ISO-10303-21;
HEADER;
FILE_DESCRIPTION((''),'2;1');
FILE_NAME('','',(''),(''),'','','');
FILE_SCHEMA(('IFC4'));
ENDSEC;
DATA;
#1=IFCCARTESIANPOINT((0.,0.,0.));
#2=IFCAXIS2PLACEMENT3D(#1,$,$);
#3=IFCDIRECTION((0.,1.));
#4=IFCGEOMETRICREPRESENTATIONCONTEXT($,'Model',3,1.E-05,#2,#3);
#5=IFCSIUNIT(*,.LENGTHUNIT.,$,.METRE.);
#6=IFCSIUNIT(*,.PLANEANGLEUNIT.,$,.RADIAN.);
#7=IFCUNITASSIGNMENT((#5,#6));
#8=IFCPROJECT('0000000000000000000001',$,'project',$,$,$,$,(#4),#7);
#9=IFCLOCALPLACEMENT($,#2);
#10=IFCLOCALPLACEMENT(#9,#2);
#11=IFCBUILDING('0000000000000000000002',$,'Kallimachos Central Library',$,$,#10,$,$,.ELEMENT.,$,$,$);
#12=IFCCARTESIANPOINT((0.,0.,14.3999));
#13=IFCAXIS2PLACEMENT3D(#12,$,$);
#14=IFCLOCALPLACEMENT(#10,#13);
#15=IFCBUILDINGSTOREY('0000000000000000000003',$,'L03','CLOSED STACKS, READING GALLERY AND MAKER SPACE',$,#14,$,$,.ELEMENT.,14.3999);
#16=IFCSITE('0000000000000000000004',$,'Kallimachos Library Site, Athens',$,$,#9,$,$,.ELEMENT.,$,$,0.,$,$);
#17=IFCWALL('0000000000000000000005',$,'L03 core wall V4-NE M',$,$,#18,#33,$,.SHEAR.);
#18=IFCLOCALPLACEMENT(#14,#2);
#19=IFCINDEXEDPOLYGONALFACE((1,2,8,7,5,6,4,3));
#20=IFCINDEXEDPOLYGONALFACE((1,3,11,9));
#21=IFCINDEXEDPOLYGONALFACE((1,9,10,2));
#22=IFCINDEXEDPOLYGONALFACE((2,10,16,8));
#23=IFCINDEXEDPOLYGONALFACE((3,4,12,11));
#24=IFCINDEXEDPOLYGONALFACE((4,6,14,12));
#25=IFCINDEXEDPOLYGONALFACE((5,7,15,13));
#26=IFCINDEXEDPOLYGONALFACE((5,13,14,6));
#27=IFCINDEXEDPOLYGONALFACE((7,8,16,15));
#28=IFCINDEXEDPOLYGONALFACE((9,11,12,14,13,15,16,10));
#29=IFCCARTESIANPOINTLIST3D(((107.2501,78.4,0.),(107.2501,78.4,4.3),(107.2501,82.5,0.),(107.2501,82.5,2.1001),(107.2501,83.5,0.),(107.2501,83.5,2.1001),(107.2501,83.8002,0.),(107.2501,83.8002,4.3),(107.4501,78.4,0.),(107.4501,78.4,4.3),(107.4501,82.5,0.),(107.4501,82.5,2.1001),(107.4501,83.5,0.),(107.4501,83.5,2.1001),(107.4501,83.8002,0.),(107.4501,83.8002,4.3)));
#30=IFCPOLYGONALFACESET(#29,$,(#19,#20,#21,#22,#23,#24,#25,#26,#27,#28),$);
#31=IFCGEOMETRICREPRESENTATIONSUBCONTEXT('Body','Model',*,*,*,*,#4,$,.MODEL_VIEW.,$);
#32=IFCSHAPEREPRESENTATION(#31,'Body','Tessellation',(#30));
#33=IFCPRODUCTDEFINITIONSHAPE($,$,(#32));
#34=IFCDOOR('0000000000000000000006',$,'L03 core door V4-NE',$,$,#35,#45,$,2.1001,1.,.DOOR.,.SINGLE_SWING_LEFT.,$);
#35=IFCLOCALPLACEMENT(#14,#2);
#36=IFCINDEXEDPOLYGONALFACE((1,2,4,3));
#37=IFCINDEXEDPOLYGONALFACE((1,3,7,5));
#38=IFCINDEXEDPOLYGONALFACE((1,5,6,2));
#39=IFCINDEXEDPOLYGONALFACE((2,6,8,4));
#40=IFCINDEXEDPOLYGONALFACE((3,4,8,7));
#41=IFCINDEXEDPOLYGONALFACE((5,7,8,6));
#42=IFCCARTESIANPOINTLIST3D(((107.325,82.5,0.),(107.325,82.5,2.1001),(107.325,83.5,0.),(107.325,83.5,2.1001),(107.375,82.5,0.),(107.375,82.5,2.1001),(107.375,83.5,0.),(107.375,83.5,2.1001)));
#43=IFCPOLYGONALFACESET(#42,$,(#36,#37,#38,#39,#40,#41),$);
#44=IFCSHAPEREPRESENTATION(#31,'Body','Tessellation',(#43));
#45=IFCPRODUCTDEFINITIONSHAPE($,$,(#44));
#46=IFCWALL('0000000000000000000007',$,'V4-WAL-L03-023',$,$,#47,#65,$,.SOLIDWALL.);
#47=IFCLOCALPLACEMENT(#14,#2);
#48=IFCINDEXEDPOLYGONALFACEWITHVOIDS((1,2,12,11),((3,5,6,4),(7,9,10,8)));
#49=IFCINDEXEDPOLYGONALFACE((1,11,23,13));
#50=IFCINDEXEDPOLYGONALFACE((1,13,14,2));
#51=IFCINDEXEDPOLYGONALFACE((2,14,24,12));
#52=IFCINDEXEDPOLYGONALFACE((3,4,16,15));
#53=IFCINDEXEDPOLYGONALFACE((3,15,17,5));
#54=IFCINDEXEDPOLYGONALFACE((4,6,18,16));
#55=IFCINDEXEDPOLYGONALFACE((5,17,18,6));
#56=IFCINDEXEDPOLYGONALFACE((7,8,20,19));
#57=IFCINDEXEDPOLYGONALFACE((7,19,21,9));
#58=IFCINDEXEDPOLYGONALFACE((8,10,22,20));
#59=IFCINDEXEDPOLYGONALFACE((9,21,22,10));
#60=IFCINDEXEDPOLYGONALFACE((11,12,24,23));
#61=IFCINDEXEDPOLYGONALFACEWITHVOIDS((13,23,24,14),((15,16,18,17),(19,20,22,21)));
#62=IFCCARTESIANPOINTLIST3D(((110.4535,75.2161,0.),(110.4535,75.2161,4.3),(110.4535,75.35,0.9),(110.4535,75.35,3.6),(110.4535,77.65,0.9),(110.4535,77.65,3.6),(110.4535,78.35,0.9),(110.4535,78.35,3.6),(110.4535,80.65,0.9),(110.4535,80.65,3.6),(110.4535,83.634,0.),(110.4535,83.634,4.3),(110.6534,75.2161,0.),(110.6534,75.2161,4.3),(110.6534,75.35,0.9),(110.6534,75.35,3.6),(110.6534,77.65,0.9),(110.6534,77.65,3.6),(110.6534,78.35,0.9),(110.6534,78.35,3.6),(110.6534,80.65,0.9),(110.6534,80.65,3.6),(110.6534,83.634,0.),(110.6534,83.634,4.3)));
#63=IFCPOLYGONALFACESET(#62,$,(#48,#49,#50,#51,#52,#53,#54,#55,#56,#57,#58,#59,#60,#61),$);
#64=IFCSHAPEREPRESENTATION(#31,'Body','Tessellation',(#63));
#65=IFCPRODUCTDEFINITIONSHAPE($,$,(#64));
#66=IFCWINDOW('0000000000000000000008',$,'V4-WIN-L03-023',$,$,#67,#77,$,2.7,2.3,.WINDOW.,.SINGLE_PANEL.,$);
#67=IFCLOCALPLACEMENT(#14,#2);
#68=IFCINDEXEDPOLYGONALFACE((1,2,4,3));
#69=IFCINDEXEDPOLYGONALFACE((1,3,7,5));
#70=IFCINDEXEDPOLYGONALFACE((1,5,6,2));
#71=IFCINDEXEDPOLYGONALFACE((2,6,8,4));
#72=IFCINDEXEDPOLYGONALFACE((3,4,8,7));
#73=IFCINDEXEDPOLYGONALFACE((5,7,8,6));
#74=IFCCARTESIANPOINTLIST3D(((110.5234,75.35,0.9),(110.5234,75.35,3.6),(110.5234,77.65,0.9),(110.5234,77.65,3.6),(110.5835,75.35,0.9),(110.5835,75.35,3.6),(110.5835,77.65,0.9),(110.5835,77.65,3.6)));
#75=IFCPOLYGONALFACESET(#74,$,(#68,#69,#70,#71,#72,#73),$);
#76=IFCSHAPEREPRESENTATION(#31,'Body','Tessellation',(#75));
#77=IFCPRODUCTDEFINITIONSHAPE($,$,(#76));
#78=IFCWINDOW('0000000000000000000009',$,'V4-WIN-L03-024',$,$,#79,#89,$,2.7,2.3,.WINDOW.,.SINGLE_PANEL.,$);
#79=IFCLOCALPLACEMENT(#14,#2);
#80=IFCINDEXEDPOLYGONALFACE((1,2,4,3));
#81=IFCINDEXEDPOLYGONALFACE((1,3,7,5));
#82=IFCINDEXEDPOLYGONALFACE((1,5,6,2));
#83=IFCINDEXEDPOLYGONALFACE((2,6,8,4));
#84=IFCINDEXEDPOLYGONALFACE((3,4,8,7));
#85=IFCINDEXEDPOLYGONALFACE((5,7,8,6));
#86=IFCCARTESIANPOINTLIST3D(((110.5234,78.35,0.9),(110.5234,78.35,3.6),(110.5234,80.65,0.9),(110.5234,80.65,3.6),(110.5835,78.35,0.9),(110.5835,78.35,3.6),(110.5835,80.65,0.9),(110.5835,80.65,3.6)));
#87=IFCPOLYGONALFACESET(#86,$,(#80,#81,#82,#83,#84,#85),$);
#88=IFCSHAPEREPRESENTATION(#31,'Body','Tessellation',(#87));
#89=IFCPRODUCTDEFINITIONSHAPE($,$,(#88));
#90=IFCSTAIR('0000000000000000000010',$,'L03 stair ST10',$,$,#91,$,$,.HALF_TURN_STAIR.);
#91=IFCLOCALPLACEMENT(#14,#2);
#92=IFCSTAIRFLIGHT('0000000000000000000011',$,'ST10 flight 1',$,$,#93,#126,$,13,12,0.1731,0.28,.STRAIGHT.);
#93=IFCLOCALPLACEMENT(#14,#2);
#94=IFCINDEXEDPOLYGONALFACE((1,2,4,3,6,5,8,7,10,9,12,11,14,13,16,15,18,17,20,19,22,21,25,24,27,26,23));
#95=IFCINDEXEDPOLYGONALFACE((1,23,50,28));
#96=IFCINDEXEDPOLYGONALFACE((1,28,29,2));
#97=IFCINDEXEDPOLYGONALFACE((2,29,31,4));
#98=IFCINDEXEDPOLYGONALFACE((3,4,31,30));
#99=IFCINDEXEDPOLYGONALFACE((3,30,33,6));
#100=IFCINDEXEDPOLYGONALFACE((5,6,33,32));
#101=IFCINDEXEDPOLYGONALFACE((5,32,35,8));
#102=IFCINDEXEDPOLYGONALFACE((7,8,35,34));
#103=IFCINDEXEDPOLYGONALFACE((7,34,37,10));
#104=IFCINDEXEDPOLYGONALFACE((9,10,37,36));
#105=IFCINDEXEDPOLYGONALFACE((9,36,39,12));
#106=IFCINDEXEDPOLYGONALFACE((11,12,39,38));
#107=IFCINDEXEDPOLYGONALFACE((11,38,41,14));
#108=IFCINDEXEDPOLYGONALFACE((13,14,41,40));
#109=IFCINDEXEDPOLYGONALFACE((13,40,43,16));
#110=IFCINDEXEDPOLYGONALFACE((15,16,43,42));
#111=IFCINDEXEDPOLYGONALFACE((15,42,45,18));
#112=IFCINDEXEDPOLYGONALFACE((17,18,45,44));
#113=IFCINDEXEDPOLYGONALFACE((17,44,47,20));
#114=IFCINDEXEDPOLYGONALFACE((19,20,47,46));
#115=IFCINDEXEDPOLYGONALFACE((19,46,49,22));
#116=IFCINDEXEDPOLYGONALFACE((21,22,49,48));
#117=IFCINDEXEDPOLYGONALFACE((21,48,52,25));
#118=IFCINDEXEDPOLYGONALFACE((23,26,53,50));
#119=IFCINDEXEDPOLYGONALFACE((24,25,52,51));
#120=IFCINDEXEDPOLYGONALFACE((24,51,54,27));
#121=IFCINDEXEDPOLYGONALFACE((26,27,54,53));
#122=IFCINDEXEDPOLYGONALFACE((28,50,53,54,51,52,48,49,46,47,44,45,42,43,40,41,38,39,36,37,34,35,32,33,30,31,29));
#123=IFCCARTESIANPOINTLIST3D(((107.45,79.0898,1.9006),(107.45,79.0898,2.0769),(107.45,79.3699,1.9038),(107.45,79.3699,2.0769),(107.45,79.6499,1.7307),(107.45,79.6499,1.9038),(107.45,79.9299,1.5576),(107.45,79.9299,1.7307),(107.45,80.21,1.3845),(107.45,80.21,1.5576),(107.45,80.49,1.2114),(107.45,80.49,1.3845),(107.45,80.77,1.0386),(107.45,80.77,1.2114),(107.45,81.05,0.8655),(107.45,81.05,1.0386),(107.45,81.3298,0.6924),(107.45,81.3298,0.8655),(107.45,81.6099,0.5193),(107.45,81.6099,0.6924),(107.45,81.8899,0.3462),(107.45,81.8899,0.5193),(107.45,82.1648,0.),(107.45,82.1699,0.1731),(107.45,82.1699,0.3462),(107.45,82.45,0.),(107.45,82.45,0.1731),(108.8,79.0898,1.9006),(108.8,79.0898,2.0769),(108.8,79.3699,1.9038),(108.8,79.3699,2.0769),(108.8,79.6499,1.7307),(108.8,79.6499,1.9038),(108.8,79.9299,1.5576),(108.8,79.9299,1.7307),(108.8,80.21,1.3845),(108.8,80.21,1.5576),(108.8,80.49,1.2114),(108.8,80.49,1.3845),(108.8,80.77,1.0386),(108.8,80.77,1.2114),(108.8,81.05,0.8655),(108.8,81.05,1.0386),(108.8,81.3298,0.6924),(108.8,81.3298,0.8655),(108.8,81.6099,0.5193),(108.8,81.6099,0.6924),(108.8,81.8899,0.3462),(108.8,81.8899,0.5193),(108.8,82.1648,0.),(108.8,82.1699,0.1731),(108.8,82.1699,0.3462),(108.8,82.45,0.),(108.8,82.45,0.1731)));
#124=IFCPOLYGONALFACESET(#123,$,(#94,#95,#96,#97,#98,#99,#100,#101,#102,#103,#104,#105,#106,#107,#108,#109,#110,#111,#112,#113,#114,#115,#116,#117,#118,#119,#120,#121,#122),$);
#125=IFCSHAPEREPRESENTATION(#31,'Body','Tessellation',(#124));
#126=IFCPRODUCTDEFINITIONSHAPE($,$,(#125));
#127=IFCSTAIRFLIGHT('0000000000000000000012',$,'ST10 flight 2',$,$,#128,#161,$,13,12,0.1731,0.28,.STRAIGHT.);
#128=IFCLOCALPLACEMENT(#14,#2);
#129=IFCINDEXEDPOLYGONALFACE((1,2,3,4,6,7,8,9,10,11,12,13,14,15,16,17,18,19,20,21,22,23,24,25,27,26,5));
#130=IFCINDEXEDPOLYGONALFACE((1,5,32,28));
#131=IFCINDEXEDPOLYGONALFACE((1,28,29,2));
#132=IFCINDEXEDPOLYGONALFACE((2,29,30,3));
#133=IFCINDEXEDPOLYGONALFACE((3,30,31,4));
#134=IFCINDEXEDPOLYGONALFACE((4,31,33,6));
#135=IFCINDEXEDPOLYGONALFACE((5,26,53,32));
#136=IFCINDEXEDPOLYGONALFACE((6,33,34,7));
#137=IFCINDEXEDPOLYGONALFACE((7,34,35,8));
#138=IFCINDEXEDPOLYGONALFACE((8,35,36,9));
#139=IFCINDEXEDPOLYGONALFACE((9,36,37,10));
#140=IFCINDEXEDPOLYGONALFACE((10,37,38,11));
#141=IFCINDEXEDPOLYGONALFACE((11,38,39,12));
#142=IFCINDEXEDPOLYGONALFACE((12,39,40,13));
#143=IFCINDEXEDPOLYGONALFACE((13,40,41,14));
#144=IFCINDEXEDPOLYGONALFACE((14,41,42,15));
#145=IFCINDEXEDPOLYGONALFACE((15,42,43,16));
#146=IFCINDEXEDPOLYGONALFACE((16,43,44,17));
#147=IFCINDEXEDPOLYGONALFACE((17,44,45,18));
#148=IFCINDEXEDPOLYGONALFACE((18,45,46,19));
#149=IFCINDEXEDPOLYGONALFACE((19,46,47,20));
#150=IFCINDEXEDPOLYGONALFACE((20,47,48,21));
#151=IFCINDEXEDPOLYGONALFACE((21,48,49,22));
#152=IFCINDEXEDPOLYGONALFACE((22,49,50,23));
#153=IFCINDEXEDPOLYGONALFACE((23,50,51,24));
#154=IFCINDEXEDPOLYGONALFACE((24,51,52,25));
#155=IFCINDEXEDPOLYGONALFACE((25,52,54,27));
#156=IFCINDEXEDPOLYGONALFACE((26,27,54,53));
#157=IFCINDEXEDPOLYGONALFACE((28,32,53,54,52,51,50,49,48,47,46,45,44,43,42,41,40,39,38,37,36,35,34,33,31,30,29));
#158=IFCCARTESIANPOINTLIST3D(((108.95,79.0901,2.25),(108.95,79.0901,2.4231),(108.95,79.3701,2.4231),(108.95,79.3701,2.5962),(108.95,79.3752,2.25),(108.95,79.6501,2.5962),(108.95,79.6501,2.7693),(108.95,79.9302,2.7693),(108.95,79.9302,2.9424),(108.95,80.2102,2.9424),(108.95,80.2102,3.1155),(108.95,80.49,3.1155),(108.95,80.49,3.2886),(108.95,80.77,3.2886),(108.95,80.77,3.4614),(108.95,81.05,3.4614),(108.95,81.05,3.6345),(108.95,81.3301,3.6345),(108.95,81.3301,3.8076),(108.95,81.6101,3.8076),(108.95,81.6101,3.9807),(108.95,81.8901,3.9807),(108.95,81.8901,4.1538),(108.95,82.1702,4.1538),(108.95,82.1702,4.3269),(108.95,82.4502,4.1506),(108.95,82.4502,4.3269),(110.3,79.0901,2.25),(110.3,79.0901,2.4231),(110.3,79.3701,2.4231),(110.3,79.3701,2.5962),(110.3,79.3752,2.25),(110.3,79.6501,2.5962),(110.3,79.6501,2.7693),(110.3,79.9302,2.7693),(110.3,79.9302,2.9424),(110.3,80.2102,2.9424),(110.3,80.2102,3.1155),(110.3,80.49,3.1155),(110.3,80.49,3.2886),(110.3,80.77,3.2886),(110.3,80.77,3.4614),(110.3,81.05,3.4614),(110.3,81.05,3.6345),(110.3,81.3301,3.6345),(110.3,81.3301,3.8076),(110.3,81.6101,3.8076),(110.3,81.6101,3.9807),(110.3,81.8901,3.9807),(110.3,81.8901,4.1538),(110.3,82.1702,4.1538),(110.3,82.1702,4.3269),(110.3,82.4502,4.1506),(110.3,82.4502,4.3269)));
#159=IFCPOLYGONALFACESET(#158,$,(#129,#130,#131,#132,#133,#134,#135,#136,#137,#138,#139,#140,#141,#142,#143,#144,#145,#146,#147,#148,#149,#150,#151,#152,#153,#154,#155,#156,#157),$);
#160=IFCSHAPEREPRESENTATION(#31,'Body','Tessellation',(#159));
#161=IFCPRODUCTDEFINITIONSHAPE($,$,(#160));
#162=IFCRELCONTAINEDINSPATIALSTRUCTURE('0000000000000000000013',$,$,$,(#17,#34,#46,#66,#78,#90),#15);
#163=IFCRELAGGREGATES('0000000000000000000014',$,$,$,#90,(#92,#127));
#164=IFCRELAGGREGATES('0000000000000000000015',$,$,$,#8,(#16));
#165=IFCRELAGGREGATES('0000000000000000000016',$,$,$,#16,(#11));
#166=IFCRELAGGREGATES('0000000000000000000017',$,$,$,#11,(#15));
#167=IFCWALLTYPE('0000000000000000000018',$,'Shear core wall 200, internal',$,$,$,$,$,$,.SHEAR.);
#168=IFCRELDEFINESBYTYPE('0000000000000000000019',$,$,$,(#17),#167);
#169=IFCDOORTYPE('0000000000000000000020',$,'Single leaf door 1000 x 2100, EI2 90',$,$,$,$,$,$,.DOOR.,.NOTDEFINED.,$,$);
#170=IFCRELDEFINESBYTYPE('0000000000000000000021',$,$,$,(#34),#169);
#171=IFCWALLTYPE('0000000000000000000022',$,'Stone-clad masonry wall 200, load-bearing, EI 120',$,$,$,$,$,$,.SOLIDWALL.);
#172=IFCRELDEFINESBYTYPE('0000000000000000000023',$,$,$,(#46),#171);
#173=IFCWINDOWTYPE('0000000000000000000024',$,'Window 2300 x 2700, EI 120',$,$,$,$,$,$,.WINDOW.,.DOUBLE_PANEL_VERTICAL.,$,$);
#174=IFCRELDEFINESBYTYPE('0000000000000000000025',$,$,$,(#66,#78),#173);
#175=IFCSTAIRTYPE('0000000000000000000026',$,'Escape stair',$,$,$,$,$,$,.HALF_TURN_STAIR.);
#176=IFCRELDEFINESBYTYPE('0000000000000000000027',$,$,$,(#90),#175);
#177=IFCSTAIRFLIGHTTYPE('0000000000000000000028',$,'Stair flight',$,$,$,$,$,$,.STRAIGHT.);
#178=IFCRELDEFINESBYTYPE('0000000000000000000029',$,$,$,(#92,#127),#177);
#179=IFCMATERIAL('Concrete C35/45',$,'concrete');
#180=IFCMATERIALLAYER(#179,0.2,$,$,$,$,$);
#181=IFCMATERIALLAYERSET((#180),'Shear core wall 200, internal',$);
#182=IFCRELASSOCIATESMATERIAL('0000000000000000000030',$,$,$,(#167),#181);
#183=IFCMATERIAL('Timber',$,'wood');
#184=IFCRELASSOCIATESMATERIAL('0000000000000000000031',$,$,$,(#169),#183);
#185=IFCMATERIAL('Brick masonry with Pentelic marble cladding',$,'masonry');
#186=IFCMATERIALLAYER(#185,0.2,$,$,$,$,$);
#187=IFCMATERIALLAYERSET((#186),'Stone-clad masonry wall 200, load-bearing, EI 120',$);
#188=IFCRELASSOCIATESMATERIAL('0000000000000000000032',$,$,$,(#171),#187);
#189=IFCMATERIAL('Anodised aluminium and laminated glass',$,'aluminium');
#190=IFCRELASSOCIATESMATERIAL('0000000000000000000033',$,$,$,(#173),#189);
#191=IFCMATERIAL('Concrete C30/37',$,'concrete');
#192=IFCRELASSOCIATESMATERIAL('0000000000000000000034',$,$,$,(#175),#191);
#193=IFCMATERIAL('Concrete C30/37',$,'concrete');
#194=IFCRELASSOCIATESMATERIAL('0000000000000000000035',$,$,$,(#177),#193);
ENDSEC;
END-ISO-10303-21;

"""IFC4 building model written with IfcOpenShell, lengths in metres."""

from ifc_helpers import new_model, si_unit, direction, frame, frame_2d, origin, place, context, subcontext, project, spatial, polyline, rectangle, outline, extrude, material, layer, layer_set, type_object, element, fill, aggregate, save


model = new_model("IFC4")

# Units and contexts
model_context = context("Model", 3, precision=1e-05, world=origin(), true_north=direction((0.0, 1.0)))
body_context = subcontext(model_context, "Body", "Model", "MODEL_VIEW")
ifc_project = project(units=[si_unit("LENGTHUNIT", "METRE"), si_unit("PLANEANGLEUNIT", "RADIAN")], contexts=[model_context])

# Site, building, storey
site_placement = place(None, origin())
site = spatial("IfcSite", under=ifc_project, at=site_placement, Name="Kallimachos Library Site, Athens", CompositionType="ELEMENT", RefElevation=0.0)
building_placement = place(site_placement, origin())
building = spatial("IfcBuilding", under=site, at=building_placement, Name="Kallimachos Central Library", CompositionType="ELEMENT")
storey_placement = place(building_placement, frame((0.0, 0.0, 14.3999)))
storey = spatial("IfcBuildingStorey", under=building, at=storey_placement, Name="L03", Description="CLOSED STACKS, READING GALLERY AND MAKER SPACE", CompositionType="ELEMENT", Elevation=14.3999)

# Wall, opening, door
ifc_material_1 = material(Name="Concrete C35/45", Category="concrete")
ifc_layer_1 = layer(ifc_material_1, 0.2)
ifc_layer_set_1 = layer_set([ifc_layer_1], Name="Shear core wall 200, internal")
wall_type_1 = type_object("IfcWallType", Name="Shear core wall 200, internal", PredefinedType="SHEAR", material=ifc_layer_set_1)
wall_1_placement = place(storey_placement, frame((107.3501, 78.3999, 0.0), z_axis=(0.0, 0.0, 1.0), x_axis=(0.0, 1.0, 0.0)))
wall_1 = element("IfcWall", 1, at=wall_1_placement, inside=storey, type_object=wall_type_1, Name="L03 core wall V4-NE M", PredefinedType="SHEAR", context=body_context, shape_type="SweptSolid", body=[
    extrude(rectangle(XDim=5.4001, YDim=0.2, at=frame_2d((2.7002, 0.0))), origin(), (0.0, 0.0, 1.0), 4.3),
])
opening_1_placement = place(wall_1_placement, frame((4.1001, 0.0, 0.0)))
opening_1 = element("IfcOpeningElement", 2, at=opening_1_placement, cuts=wall_1, PredefinedType="OPENING", context=body_context, shape_type="SweptSolid", body=[
    extrude(rectangle(XDim=1.0, YDim=2.1001, at=frame_2d((0.5, 1.05))), frame((0.0, 0.1099, 0.0), z_axis=(0.0, -1.0, 0.0), x_axis=(1.0, 0.0, 0.0)), (0.0, 0.0, 1.0), 0.22),
])
ifc_material_2 = material(Name="Timber", Category="wood")
door_type_1 = type_object("IfcDoorType", Name="Single leaf door 1000 x 2100, EI2 90", OperationType="NOTDEFINED", PredefinedType="DOOR", material=ifc_material_2)
door_1_placement = place(opening_1_placement, frame((1.0, 0.0, 0.0), z_axis=(0.0, 0.0, 1.0), x_axis=(-1.0, 0.0, 0.0)))
door_1 = element("IfcDoor", 3, at=door_1_placement, inside=storey, type_object=door_type_1, Name="L03 core door V4-NE", OperationType="SINGLE_SWING_LEFT", OverallHeight=2.1001, OverallWidth=1.0, PredefinedType="DOOR", context=body_context, shape_type="SweptSolid", body=[
    extrude(rectangle(XDim=1.0, YDim=2.1001, at=frame_2d((0.5, 1.05))), frame((0.0, 0.0249, 0.0), z_axis=(0.0, -1.0, 0.0), x_axis=(1.0, 0.0, 0.0)), (0.0, 0.0, 1.0), 0.05),
])
fill(opening_1, door_1)

# Wall, openings, windows
ifc_material_3 = material(Name="Brick masonry with Pentelic marble cladding", Category="masonry")
ifc_layer_2 = layer(ifc_material_3, 0.2)
ifc_layer_set_2 = layer_set([ifc_layer_2], Name="Stone-clad masonry wall 200, load-bearing, EI 120")
wall_type_2 = type_object("IfcWallType", Name="Stone-clad masonry wall 200, load-bearing, EI 120", PredefinedType="SOLIDWALL", material=ifc_layer_set_2)
wall_2_placement = place(storey_placement, frame((110.5535, 75.2161, 0.0), z_axis=(0.0, 0.0, 1.0), x_axis=(0.0, 1.0, 0.0)))
wall_2 = element("IfcWall", 4, at=wall_2_placement, inside=storey, type_object=wall_type_2, Name="V4-WAL-L03-023", PredefinedType="SOLIDWALL", context=body_context, shape_type="SweptSolid", body=[
    extrude(rectangle(XDim=8.418, YDim=0.2, at=frame_2d((4.209, 0.0))), origin(), (0.0, 0.0, 1.0), 4.3),
])
opening_2_placement = place(wall_2_placement, frame((0.134, 0.0, 0.8999)))
opening_2 = element("IfcOpeningElement", 5, at=opening_2_placement, cuts=wall_2, PredefinedType="OPENING", context=body_context, shape_type="SweptSolid", body=[
    extrude(rectangle(XDim=2.3, YDim=2.7, at=frame_2d((1.1499, 1.3501))), frame((0.0, 0.1099, 0.0), z_axis=(0.0, -1.0, 0.0), x_axis=(1.0, 0.0, 0.0)), (0.0, 0.0, 1.0), 0.22),
])
opening_3_placement = place(wall_2_placement, frame((3.134, 0.0, 0.8999)))
opening_3 = element("IfcOpeningElement", 6, at=opening_3_placement, cuts=wall_2, PredefinedType="OPENING", context=body_context, shape_type="SweptSolid", body=[
    extrude(rectangle(XDim=2.3, YDim=2.7, at=frame_2d((1.1499, 1.3501))), frame((0.0, 0.1099, 0.0), z_axis=(0.0, -1.0, 0.0), x_axis=(1.0, 0.0, 0.0)), (0.0, 0.0, 1.0), 0.22),
])
ifc_material_4 = material(Name="Anodised aluminium and laminated glass", Category="aluminium")
window_type = type_object("IfcWindowType", Name="Window 2300 x 2700, EI 120", PartitioningType="DOUBLE_PANEL_VERTICAL", PredefinedType="WINDOW", material=ifc_material_4)
window_1_placement = place(opening_2_placement, origin())
window_1 = element("IfcWindow", 7, at=window_1_placement, inside=storey, type_object=window_type, Name="V4-WIN-L03-023", OverallHeight=2.7, OverallWidth=2.3, PartitioningType="SINGLE_PANEL", PredefinedType="WINDOW", context=body_context, shape_type="SweptSolid", body=[
    extrude(rectangle(XDim=2.3, YDim=2.7, at=frame_2d((1.1499, 1.3501))), frame((0.0, 0.03, 0.0), z_axis=(0.0, -1.0, 0.0), x_axis=(1.0, 0.0, 0.0)), (0.0, 0.0, 1.0), 0.0601),
])
fill(opening_2, window_1)
window_2_placement = place(opening_3_placement, origin())
window_2 = element("IfcWindow", 8, at=window_2_placement, inside=storey, type_object=window_type, Name="V4-WIN-L03-024", OverallHeight=2.7, OverallWidth=2.3, PartitioningType="SINGLE_PANEL", PredefinedType="WINDOW", context=body_context, shape_type="SweptSolid", body=[
    extrude(rectangle(XDim=2.3, YDim=2.7, at=frame_2d((1.1499, 1.3501))), frame((0.0, 0.03, 0.0), z_axis=(0.0, -1.0, 0.0), x_axis=(1.0, 0.0, 0.0)), (0.0, 0.0, 1.0), 0.0601),
])
fill(opening_3, window_2)

# Stair, stair flights
ifc_material_5 = material(Name="Concrete C30/37", Category="concrete")
stair_type = type_object("IfcStairType", Name="Escape stair", PredefinedType="HALF_TURN_STAIR", material=ifc_material_5)
stair_placement = place(storey_placement, origin())
stair = element("IfcStair", 9, at=stair_placement, inside=storey, type_object=stair_type, Name="L03 stair ST10", PredefinedType="HALF_TURN_STAIR")
ifc_material_6 = material(Name="Concrete C30/37", Category="concrete")
stair_flight_type = type_object("IfcStairFlightType", Name="Stair flight", PredefinedType="STRAIGHT", material=ifc_material_6)
stair_flight_1_placement = place(storey_placement, frame((108.125, 82.45, 0.0), z_axis=(0.0, 0.0, 1.0), x_axis=(0.0, -1.0, 0.0)))
stair_flight_1 = element("IfcStairFlight", 10, at=stair_flight_1_placement, type_object=stair_flight_type, Name="ST10 flight 1", NumberOfRisers=13, NumberOfTreads=12, PredefinedType="STRAIGHT", RiserHeight=0.1731, TreadLength=0.28, context=body_context, shape_type="SweptSolid", body=[
    extrude(outline(polyline([(0.0, 0.0), (0.0, 0.1731), (0.28, 0.1731), (0.28, 0.3462), (0.5601, 0.3462), (0.5601, 0.5193), (0.8401, 0.5193), (0.8401, 0.6924), (1.1201, 0.6924), (1.1201, 0.8655), (1.3999, 0.8655), (1.3999, 1.0386), (1.6799, 1.0386), (1.6799, 1.2114), (1.96, 1.2114), (1.96, 1.3845), (2.24, 1.3845), (2.24, 1.5576), (2.52, 1.5576), (2.52, 1.7307), (2.8, 1.7307), (2.8, 1.9038), (3.0801, 1.9038), (3.0801, 2.0769), (3.3601, 2.0769), (3.3601, 2.25), (3.3601, 1.9006), (0.2852, 0.0), (0.0, 0.0)])), frame((0.0, 0.675, 0.0), z_axis=(0.0, -1.0, 0.0), x_axis=(1.0, 0.0, 0.0)), (0.0, 0.0, 1.0), 1.3501),
])
stair_flight_2_placement = place(storey_placement, frame((109.625, 79.0901, 2.25), z_axis=(0.0, 0.0, 1.0), x_axis=(0.0, 1.0, 0.0)))
stair_flight_2 = element("IfcStairFlight", 11, at=stair_flight_2_placement, type_object=stair_flight_type, Name="ST10 flight 2", NumberOfRisers=13, NumberOfTreads=12, PredefinedType="STRAIGHT", RiserHeight=0.1731, TreadLength=0.28, context=body_context, shape_type="SweptSolid", body=[
    extrude(outline(polyline([(0.0, 0.0), (0.0, 0.1731), (0.28, 0.1731), (0.28, 0.3462), (0.5601, 0.3462), (0.5601, 0.5193), (0.8401, 0.5193), (0.8401, 0.6924), (1.1201, 0.6924), (1.1201, 0.8655), (1.3999, 0.8655), (1.3999, 1.0386), (1.6799, 1.0386), (1.6799, 1.2114), (1.96, 1.2114), (1.96, 1.3845), (2.24, 1.3845), (2.24, 1.5576), (2.52, 1.5576), (2.52, 1.7307), (2.8, 1.7307), (2.8, 1.9038), (3.0801, 1.9038), (3.0801, 2.0769), (3.3601, 2.0769), (3.3601, 2.25), (3.3601, 1.9006), (0.2852, 0.0), (0.0, 0.0)])), frame((0.0, 0.675, 0.0), z_axis=(0.0, -1.0, 0.0), x_axis=(1.0, 0.0, 0.0)), (0.0, 0.0, 1.0), 1.3501),
])
aggregate(stair, [stair_flight_1, stair_flight_2])

save(model, "model.ifc")
